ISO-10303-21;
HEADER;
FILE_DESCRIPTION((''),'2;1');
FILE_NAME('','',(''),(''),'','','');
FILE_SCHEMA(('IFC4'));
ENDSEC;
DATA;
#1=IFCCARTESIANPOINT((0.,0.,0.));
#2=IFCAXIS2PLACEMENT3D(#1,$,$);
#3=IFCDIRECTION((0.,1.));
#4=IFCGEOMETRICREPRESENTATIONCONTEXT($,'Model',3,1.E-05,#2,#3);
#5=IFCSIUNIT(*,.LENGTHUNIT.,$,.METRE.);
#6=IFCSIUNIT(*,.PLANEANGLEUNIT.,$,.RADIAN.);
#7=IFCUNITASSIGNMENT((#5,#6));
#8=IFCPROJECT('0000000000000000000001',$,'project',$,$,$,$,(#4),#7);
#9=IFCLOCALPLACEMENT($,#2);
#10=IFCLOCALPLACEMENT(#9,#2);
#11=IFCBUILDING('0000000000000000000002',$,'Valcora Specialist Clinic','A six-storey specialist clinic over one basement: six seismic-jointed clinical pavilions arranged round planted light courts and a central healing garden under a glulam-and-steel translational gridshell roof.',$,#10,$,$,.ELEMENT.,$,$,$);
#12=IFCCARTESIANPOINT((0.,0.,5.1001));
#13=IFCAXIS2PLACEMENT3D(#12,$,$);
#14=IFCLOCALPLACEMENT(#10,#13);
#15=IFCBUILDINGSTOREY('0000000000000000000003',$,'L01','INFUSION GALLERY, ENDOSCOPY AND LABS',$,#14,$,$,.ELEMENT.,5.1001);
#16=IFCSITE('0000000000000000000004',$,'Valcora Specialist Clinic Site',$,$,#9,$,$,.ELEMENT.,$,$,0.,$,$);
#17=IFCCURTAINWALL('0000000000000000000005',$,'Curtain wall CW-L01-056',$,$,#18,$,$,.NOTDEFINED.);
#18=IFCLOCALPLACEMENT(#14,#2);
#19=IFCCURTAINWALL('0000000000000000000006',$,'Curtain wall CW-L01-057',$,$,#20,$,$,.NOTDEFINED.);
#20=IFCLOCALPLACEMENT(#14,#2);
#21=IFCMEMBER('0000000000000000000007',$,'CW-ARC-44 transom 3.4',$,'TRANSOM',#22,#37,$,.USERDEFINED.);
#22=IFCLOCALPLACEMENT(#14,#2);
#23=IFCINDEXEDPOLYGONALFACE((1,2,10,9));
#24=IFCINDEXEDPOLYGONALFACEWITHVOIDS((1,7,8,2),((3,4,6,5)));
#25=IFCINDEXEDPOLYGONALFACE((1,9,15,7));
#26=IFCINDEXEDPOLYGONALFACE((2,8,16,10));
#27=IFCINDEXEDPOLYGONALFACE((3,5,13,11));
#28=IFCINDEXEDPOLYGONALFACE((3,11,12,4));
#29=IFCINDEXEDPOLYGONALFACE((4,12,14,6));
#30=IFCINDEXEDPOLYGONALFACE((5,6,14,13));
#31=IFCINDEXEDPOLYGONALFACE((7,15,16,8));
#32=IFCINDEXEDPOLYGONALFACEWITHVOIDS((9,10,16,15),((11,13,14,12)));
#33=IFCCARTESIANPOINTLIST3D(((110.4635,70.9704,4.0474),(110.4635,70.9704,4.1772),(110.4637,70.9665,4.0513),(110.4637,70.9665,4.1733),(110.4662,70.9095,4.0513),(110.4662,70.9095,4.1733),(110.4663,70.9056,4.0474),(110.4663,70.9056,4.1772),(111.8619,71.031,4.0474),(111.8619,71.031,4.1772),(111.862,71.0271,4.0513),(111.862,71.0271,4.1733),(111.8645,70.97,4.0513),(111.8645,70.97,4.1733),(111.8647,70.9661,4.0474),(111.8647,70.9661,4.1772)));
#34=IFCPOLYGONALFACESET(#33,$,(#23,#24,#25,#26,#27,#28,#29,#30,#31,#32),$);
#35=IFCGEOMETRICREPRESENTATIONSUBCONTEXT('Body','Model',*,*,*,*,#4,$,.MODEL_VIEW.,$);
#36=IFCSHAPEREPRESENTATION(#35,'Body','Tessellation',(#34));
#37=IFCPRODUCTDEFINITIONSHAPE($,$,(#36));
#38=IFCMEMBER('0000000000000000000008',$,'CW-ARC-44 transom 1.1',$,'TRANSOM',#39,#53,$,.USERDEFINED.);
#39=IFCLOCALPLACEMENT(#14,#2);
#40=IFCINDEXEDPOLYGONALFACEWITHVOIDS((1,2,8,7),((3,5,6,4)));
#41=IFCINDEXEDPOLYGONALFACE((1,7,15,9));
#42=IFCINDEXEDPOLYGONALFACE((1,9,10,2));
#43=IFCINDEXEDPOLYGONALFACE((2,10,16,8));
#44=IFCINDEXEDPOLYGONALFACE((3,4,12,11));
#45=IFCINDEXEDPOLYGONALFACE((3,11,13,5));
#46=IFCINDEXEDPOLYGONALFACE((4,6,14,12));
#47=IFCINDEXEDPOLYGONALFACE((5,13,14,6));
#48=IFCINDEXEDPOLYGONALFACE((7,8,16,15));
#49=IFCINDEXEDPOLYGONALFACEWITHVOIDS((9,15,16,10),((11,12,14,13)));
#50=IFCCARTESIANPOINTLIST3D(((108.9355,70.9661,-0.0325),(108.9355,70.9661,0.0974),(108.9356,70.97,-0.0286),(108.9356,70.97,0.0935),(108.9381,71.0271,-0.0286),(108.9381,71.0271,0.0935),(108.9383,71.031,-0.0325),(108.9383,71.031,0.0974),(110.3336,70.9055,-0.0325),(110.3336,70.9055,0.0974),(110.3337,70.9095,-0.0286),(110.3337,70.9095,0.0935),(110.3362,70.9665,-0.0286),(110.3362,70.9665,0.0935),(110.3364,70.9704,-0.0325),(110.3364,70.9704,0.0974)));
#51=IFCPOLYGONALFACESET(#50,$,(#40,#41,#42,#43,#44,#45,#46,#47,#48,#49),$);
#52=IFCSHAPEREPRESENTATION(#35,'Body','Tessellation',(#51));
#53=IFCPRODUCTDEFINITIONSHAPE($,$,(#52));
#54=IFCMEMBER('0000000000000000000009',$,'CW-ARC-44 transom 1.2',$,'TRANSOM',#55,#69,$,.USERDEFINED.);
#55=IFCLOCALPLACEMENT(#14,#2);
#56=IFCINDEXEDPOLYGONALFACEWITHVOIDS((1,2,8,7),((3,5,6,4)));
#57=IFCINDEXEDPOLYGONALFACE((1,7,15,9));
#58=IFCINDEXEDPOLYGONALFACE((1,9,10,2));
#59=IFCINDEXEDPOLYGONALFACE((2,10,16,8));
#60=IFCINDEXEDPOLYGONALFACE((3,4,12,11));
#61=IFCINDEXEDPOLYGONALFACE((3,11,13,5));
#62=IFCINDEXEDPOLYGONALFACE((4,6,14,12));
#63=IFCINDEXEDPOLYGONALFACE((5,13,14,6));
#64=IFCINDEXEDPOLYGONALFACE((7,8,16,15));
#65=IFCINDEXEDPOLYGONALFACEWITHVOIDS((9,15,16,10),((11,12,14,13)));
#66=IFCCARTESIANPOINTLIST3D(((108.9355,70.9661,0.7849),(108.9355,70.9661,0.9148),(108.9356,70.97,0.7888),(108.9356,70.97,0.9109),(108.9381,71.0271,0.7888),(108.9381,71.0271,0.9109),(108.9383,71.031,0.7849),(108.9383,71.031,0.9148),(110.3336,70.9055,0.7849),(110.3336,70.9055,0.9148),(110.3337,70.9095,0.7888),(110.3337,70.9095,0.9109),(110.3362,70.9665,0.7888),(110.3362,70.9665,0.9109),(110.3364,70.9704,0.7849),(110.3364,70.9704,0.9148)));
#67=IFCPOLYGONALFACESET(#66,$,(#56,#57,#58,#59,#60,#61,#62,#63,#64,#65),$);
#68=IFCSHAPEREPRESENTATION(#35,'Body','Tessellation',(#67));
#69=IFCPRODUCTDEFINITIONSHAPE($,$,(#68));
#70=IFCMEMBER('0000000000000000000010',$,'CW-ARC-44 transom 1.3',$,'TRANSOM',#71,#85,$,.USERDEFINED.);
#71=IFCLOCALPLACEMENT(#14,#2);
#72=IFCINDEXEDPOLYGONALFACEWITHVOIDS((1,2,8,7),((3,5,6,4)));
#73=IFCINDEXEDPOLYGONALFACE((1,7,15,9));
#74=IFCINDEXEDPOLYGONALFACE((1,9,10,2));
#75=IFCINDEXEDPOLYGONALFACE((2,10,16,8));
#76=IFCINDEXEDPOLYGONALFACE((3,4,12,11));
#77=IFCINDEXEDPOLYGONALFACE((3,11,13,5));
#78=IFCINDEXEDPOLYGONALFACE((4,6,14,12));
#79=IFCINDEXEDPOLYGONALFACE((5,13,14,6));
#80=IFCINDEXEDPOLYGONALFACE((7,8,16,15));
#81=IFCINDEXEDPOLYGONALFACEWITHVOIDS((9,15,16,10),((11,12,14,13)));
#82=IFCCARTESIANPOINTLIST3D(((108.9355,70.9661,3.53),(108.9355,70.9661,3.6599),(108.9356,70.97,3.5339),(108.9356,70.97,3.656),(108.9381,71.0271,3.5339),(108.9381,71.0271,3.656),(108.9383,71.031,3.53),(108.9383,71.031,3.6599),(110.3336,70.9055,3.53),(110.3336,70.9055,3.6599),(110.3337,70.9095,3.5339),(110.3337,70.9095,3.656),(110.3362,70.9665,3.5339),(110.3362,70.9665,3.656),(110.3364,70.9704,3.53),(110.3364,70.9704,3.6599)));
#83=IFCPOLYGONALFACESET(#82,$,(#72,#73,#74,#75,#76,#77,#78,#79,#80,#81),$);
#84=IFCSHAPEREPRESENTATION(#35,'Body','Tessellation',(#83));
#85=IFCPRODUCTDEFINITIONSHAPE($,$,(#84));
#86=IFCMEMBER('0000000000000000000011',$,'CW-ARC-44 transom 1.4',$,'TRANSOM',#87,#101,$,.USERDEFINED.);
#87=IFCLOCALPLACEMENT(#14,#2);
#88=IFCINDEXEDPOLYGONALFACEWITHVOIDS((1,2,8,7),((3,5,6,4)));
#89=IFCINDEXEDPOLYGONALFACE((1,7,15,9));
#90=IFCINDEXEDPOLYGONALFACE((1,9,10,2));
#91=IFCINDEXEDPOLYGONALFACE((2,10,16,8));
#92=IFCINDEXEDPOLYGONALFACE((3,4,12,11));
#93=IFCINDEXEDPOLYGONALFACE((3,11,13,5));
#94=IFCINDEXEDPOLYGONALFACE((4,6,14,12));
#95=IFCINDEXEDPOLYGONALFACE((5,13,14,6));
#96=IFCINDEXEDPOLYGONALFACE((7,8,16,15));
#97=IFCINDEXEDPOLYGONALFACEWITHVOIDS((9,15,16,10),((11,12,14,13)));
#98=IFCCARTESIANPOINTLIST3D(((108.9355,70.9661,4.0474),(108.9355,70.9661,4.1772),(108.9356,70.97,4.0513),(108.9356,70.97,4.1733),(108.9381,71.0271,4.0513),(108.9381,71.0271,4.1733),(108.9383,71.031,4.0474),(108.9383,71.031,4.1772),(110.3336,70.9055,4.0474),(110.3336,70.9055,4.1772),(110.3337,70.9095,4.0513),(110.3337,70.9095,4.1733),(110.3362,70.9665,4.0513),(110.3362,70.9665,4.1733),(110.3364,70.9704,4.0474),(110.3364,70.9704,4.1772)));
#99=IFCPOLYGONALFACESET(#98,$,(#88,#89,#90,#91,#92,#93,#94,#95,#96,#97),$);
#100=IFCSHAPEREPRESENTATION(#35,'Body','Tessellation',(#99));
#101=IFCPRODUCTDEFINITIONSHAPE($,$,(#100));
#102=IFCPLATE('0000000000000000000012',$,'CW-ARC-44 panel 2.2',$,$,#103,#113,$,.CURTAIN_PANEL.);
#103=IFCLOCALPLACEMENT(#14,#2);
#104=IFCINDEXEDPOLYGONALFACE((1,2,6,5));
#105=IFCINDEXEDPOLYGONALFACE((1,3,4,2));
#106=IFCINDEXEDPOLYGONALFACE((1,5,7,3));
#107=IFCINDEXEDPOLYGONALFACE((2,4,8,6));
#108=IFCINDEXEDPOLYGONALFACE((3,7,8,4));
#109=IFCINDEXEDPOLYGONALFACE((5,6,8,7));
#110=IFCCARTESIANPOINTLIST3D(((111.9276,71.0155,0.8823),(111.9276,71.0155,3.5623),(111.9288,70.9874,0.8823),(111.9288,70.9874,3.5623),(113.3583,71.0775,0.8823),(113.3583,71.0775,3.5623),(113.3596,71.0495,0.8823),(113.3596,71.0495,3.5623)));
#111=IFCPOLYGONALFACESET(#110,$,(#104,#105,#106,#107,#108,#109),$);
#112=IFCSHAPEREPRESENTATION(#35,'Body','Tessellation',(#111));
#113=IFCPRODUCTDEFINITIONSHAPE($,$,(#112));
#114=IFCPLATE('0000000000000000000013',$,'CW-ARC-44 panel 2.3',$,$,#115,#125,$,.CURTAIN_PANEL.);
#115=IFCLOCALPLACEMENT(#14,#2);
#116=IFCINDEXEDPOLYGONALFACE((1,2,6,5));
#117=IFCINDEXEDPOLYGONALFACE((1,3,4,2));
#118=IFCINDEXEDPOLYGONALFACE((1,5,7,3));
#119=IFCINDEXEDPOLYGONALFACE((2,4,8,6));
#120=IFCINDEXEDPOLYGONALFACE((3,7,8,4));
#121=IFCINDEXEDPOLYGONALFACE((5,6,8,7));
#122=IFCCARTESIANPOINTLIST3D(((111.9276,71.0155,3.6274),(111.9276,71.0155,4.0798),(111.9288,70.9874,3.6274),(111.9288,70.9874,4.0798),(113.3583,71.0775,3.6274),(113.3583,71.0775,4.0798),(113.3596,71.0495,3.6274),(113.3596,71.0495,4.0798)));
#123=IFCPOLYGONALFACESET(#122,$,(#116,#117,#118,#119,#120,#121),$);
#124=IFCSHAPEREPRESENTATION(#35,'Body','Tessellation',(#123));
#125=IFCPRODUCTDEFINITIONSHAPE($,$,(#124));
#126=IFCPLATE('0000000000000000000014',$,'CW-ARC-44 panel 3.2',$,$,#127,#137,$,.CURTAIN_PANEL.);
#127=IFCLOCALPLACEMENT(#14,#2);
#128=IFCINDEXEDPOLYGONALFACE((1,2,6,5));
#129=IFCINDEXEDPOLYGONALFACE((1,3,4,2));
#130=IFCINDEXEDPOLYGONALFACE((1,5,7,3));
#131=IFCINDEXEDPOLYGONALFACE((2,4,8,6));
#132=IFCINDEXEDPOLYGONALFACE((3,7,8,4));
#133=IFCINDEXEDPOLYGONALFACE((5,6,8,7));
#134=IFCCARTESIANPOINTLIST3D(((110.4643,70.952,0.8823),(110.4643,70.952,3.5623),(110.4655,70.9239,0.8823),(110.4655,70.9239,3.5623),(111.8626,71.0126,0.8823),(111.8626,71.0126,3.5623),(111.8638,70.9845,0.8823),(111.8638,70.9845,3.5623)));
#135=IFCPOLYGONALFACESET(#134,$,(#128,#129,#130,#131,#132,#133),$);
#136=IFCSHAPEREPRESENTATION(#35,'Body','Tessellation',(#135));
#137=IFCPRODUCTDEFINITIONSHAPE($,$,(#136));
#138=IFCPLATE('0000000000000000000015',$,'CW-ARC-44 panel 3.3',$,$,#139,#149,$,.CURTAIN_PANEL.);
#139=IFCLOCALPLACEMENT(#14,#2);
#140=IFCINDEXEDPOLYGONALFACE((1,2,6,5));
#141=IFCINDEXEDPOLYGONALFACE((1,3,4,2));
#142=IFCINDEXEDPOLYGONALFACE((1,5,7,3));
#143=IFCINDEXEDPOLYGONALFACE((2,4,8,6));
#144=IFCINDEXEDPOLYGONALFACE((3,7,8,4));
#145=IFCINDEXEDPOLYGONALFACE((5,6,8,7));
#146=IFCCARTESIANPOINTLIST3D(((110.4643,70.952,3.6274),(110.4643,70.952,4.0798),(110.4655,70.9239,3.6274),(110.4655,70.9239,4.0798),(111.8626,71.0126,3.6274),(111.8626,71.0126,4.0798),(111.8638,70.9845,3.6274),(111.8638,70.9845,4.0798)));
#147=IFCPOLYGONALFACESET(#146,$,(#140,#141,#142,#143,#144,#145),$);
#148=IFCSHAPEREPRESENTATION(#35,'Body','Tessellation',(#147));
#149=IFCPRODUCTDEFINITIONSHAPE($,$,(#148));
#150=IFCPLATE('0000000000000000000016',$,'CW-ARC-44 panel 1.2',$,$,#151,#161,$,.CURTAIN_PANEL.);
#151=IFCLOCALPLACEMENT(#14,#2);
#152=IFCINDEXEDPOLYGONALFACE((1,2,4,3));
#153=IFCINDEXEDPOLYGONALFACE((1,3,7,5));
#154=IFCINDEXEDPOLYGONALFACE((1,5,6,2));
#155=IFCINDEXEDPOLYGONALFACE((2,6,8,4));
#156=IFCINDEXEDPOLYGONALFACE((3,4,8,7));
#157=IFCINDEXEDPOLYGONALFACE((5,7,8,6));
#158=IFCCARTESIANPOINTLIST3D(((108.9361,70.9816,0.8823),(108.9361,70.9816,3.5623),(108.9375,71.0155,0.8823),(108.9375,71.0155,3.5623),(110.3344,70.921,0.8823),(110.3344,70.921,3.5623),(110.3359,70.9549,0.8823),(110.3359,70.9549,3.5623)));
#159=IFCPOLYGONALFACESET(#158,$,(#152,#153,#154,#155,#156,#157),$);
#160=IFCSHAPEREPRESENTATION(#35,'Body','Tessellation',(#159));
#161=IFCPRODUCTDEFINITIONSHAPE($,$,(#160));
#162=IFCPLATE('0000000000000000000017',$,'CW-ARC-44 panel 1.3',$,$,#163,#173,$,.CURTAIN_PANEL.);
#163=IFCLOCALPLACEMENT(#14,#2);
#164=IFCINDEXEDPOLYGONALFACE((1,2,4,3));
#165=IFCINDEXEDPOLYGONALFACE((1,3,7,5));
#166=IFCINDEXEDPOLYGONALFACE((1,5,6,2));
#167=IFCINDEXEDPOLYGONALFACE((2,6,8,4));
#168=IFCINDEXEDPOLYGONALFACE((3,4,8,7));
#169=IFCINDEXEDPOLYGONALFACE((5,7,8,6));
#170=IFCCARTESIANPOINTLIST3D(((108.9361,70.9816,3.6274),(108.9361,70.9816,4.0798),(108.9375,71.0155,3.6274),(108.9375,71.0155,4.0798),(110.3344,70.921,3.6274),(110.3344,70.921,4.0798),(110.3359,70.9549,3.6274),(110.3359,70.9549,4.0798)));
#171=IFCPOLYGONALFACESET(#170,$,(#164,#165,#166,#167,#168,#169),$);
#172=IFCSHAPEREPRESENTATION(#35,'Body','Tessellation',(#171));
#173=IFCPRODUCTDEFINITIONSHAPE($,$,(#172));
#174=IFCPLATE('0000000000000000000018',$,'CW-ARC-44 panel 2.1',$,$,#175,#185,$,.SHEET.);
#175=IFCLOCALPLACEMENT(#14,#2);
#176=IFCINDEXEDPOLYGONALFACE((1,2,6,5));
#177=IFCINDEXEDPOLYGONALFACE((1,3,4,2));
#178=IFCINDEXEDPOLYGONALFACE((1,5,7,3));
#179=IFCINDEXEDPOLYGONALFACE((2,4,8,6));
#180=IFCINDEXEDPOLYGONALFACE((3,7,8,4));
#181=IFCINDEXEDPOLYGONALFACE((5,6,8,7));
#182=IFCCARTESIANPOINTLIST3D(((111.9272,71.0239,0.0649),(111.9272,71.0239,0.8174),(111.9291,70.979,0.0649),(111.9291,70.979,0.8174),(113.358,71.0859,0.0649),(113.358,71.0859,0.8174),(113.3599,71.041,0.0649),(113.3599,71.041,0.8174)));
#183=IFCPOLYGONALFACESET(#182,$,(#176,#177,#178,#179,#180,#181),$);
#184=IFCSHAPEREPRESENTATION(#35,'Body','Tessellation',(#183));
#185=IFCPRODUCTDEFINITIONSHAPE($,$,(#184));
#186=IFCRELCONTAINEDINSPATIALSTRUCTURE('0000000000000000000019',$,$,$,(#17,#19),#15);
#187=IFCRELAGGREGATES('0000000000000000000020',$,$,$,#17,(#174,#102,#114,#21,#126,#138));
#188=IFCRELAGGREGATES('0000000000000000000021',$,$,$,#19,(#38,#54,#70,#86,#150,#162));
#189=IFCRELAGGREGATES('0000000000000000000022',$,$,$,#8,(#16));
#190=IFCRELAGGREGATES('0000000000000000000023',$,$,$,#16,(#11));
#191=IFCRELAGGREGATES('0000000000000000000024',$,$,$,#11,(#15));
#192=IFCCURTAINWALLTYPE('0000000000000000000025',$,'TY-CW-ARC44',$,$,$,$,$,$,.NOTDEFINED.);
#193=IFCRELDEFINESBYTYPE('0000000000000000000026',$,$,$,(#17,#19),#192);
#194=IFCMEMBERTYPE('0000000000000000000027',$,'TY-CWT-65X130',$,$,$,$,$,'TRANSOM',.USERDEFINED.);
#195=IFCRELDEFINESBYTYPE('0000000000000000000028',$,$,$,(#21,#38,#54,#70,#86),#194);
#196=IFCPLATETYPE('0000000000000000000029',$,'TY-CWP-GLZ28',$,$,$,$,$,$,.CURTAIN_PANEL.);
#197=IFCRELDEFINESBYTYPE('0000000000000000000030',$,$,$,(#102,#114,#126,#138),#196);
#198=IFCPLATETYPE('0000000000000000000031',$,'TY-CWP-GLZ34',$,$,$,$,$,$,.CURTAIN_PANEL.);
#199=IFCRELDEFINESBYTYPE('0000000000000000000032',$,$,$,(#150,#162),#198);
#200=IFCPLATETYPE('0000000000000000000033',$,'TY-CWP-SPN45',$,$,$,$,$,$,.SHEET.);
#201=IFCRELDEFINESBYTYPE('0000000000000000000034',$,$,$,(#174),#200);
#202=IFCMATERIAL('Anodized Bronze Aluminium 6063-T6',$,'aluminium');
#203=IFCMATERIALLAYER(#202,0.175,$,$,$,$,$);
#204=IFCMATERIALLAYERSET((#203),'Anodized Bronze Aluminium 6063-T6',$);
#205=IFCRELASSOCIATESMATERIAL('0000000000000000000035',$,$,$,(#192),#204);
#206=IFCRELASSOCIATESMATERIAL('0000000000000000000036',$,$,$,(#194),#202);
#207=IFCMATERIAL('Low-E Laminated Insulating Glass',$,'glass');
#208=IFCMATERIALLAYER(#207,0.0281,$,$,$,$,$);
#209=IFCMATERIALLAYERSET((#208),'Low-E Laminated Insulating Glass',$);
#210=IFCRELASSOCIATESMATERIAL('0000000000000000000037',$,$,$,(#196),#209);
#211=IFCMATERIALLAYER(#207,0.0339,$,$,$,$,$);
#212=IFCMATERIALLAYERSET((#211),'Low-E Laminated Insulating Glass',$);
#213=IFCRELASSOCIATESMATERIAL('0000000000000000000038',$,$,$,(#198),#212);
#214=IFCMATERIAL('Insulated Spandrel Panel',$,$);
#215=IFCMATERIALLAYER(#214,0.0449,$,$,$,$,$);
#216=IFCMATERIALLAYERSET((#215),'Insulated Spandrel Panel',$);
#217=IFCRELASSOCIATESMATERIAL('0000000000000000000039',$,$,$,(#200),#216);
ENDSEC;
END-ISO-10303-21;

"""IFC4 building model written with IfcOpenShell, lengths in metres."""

from ifc_helpers import new_model, si_unit, direction, frame, origin, origin_2d, place, context, subcontext, project, spatial, rectangle, hollow_rectangle, extrude, material, layer, layer_set, material_profile, profile_set, type_object, element, aggregate, save


model = new_model("IFC4")

# Units and contexts
model_context = context("Model", 3, precision=1e-05, world=origin(), true_north=direction((0.0, 1.0)))
body_context = subcontext(model_context, "Body", "Model", "MODEL_VIEW")
ifc_project = project(units=[si_unit("LENGTHUNIT", "METRE"), si_unit("PLANEANGLEUNIT", "RADIAN")], contexts=[model_context])

# Site, building, storey
site_placement = place(None, origin())
site = spatial("IfcSite", under=ifc_project, at=site_placement, Name="Valcora Specialist Clinic Site", CompositionType="ELEMENT", RefElevation=0.0)
building_placement = place(site_placement, origin())
building = spatial("IfcBuilding", under=site, at=building_placement, Name="Valcora Specialist Clinic", Description="A six-storey specialist clinic over one basement: six seismic-jointed clinical pavilions arranged round planted light courts and a central healing garden under a glulam-and-steel translational gridshell roof.", CompositionType="ELEMENT")
storey_placement = place(building_placement, frame((0.0, 0.0, 5.1001)))
storey = spatial("IfcBuildingStorey", under=building, at=storey_placement, Name="L01", Description="INFUSION GALLERY, ENDOSCOPY AND LABS", CompositionType="ELEMENT", Elevation=5.1001)

# Curtain wall
ifc_material_1 = material(Name="Anodized Bronze Aluminium 6063-T6", Category="aluminium")
ifc_layer_1 = layer(ifc_material_1, 0.175)
ifc_layer_set_1 = layer_set([ifc_layer_1], Name="Anodized Bronze Aluminium 6063-T6")
curtain_wall_type = type_object("IfcCurtainWallType", Name="TY-CW-ARC44", PredefinedType="NOTDEFINED", material=ifc_layer_set_1)
curtain_wall_1_placement = place(storey_placement, origin())
curtain_wall_1 = element("IfcCurtainWall", 1, at=curtain_wall_1_placement, inside=storey, type_object=curtain_wall_type, Name="Curtain wall CW-L01-056", PredefinedType="NOTDEFINED")

# Curtain wall
curtain_wall_2_placement = place(storey_placement, origin())
curtain_wall_2 = element("IfcCurtainWall", 2, at=curtain_wall_2_placement, inside=storey, type_object=curtain_wall_type, Name="Curtain wall CW-L01-057", PredefinedType="NOTDEFINED")

# Members
ifc_material_profile_1 = material_profile(ifc_material_1, hollow_rectangle(XDim=0.0649, YDim=0.1299, WallThickness=0.0039, at=origin_2d()), Name="AL-TRN-65X130")
ifc_profile_set_1 = profile_set([ifc_material_profile_1], Name="Anodized Bronze Aluminium 6063-T6")
member_type_1 = type_object("IfcMemberType", Name="TY-CWT-65X130", ElementType="TRANSOM", PredefinedType="USERDEFINED", material=ifc_profile_set_1)
member_1_placement = place(storey_placement, frame((111.8633, 70.9985, 4.1123), z_axis=(-0.999064, -0.043256, 0.0), x_axis=(0.043256, -0.999064, 0.0)))
member_1 = element("IfcMember", 3, at=member_1_placement, type_object=member_type_1, Name="CW-ARC-44 transom 3.4", ObjectType="TRANSOM", PredefinedType="USERDEFINED", context=body_context, shape_type="SweptSolid", body=[
    extrude(hollow_rectangle(XDim=0.0649, YDim=0.1299, WallThickness=0.0039, at=origin_2d()), origin(), (0.0, 0.0, 1.0), 1.3997),
])
member_2_placement = place(storey_placement, frame((110.335, 70.938, 0.0325), z_axis=(-0.999064, 0.043263, 0.0), x_axis=(-0.043263, -0.999064, 0.0)))
member_2 = element("IfcMember", 4, at=member_2_placement, type_object=member_type_1, Name="CW-ARC-44 transom 1.1", ObjectType="TRANSOM", PredefinedType="USERDEFINED", context=body_context, shape_type="SweptSolid", body=[
    extrude(hollow_rectangle(XDim=0.0649, YDim=0.1299, WallThickness=0.0039, at=origin_2d()), origin(), (0.0, 0.0, 1.0), 1.3994),
])
member_3_placement = place(storey_placement, frame((110.335, 70.938, 0.8499), z_axis=(-0.999064, 0.043263, 0.0), x_axis=(-0.043263, -0.999064, 0.0)))
member_3 = element("IfcMember", 5, at=member_3_placement, type_object=member_type_1, Name="CW-ARC-44 transom 1.2", ObjectType="TRANSOM", PredefinedType="USERDEFINED", context=body_context, shape_type="SweptSolid", body=[
    extrude(hollow_rectangle(XDim=0.0649, YDim=0.1299, WallThickness=0.0039, at=origin_2d()), origin(), (0.0, 0.0, 1.0), 1.3994),
])
member_4_placement = place(storey_placement, frame((110.335, 70.938, 3.595), z_axis=(-0.999064, 0.043263, 0.0), x_axis=(-0.043263, -0.999064, 0.0)))
member_4 = element("IfcMember", 6, at=member_4_placement, type_object=member_type_1, Name="CW-ARC-44 transom 1.3", ObjectType="TRANSOM", PredefinedType="USERDEFINED", context=body_context, shape_type="SweptSolid", body=[
    extrude(hollow_rectangle(XDim=0.0649, YDim=0.1299, WallThickness=0.0039, at=origin_2d()), origin(), (0.0, 0.0, 1.0), 1.3994),
])
member_5_placement = place(storey_placement, frame((110.335, 70.938, 4.1123), z_axis=(-0.999064, 0.043263, 0.0), x_axis=(-0.043263, -0.999064, 0.0)))
member_5 = element("IfcMember", 7, at=member_5_placement, type_object=member_type_1, Name="CW-ARC-44 transom 1.4", ObjectType="TRANSOM", PredefinedType="USERDEFINED", context=body_context, shape_type="SweptSolid", body=[
    extrude(hollow_rectangle(XDim=0.0649, YDim=0.1299, WallThickness=0.0039, at=origin_2d()), origin(), (0.0, 0.0, 1.0), 1.3994),
])

# Plates
ifc_material_2 = material(Name="Low-E Laminated Insulating Glass", Category="glass")
ifc_layer_2 = layer(ifc_material_2, 0.0281)
ifc_layer_set_2 = layer_set([ifc_layer_2], Name="Low-E Laminated Insulating Glass")
plate_type_1 = type_object("IfcPlateType", Name="TY-CWP-GLZ28", PredefinedType="CURTAIN_PANEL", material=ifc_layer_set_2)
plate_1_placement = place(storey_placement, frame((112.6436, 71.0325, 0.8823), z_axis=(0.0, 0.0, 1.0), x_axis=(-0.999062, -0.043307, 0.0)))
plate_1 = element("IfcPlate", 8, at=plate_1_placement, type_object=plate_type_1, Name="CW-ARC-44 panel 2.2", PredefinedType="CURTAIN_PANEL", context=body_context, shape_type="SweptSolid", body=[
    extrude(rectangle(XDim=1.4321, YDim=0.0281, at=origin_2d()), origin(), (0.0, 0.0, 1.0), 2.6799),
])
plate_2_placement = place(storey_placement, frame((112.6436, 71.0325, 3.6274), z_axis=(0.0, 0.0, 1.0), x_axis=(-0.999062, -0.043307, 0.0)))
plate_2 = element("IfcPlate", 9, at=plate_2_placement, type_object=plate_type_1, Name="CW-ARC-44 panel 2.3", PredefinedType="CURTAIN_PANEL", context=body_context, shape_type="SweptSolid", body=[
    extrude(rectangle(XDim=1.4321, YDim=0.0281, at=origin_2d()), origin(), (0.0, 0.0, 1.0), 0.4524),
])
plate_3_placement = place(storey_placement, frame((111.1641, 70.9683, 0.8823), z_axis=(0.0, 0.0, 1.0), x_axis=(-0.999062, -0.043307, 0.0)))
plate_3 = element("IfcPlate", 10, at=plate_3_placement, type_object=plate_type_1, Name="CW-ARC-44 panel 3.2", PredefinedType="CURTAIN_PANEL", context=body_context, shape_type="SweptSolid", body=[
    extrude(rectangle(XDim=1.3997, YDim=0.0281, at=origin_2d()), origin(), (0.0, 0.0, 1.0), 2.6799),
])
plate_4_placement = place(storey_placement, frame((111.1641, 70.9683, 3.6274), z_axis=(0.0, 0.0, 1.0), x_axis=(-0.999062, -0.043307, 0.0)))
plate_4 = element("IfcPlate", 11, at=plate_4_placement, type_object=plate_type_1, Name="CW-ARC-44 panel 3.3", PredefinedType="CURTAIN_PANEL", context=body_context, shape_type="SweptSolid", body=[
    extrude(rectangle(XDim=1.3997, YDim=0.0281, at=origin_2d()), origin(), (0.0, 0.0, 1.0), 0.4524),
])
ifc_layer_3 = layer(ifc_material_2, 0.0339)
ifc_layer_set_3 = layer_set([ifc_layer_3], Name="Low-E Laminated Insulating Glass")
plate_type_2 = type_object("IfcPlateType", Name="TY-CWP-GLZ34", PredefinedType="CURTAIN_PANEL", material=ifc_layer_set_3)
plate_5_placement = place(storey_placement, frame((109.636, 70.9683, 0.8823), z_axis=(0.0, 0.0, 1.0), x_axis=(-0.999062, 0.043307, 0.0)))
plate_5 = element("IfcPlate", 12, at=plate_5_placement, type_object=plate_type_2, Name="CW-ARC-44 panel 1.2", PredefinedType="CURTAIN_PANEL", context=body_context, shape_type="SweptSolid", body=[
    extrude(rectangle(XDim=1.3997, YDim=0.0339, at=origin_2d()), origin(), (0.0, 0.0, 1.0), 2.6799),
])
plate_6_placement = place(storey_placement, frame((109.636, 70.9683, 3.6274), z_axis=(0.0, 0.0, 1.0), x_axis=(-0.999062, 0.043307, 0.0)))
plate_6 = element("IfcPlate", 13, at=plate_6_placement, type_object=plate_type_2, Name="CW-ARC-44 panel 1.3", PredefinedType="CURTAIN_PANEL", context=body_context, shape_type="SweptSolid", body=[
    extrude(rectangle(XDim=1.3997, YDim=0.0339, at=origin_2d()), origin(), (0.0, 0.0, 1.0), 0.4524),
])
ifc_material_3 = material(Name="Insulated Spandrel Panel")
ifc_layer_4 = layer(ifc_material_3, 0.0449)
ifc_layer_set_4 = layer_set([ifc_layer_4], Name="Insulated Spandrel Panel")
plate_type_3 = type_object("IfcPlateType", Name="TY-CWP-SPN45", PredefinedType="SHEET", material=ifc_layer_set_4)
plate_7_placement = place(storey_placement, frame((112.6436, 71.0325, 0.0649), z_axis=(0.0, 0.0, 1.0), x_axis=(-0.999062, -0.043307, 0.0)))
plate_7 = element("IfcPlate", 14, at=plate_7_placement, type_object=plate_type_3, Name="CW-ARC-44 panel 2.1", PredefinedType="SHEET", context=body_context, shape_type="SweptSolid", body=[
    extrude(rectangle(XDim=1.4321, YDim=0.0449, at=origin_2d()), origin(), (0.0, 0.0, 1.0), 0.7524),
])
aggregate(curtain_wall_1, [plate_7, plate_1, plate_2, member_1, plate_3, plate_4])
aggregate(curtain_wall_2, [member_2, member_3, member_4, member_5, plate_5, plate_6])

save(model, "model.ifc")
